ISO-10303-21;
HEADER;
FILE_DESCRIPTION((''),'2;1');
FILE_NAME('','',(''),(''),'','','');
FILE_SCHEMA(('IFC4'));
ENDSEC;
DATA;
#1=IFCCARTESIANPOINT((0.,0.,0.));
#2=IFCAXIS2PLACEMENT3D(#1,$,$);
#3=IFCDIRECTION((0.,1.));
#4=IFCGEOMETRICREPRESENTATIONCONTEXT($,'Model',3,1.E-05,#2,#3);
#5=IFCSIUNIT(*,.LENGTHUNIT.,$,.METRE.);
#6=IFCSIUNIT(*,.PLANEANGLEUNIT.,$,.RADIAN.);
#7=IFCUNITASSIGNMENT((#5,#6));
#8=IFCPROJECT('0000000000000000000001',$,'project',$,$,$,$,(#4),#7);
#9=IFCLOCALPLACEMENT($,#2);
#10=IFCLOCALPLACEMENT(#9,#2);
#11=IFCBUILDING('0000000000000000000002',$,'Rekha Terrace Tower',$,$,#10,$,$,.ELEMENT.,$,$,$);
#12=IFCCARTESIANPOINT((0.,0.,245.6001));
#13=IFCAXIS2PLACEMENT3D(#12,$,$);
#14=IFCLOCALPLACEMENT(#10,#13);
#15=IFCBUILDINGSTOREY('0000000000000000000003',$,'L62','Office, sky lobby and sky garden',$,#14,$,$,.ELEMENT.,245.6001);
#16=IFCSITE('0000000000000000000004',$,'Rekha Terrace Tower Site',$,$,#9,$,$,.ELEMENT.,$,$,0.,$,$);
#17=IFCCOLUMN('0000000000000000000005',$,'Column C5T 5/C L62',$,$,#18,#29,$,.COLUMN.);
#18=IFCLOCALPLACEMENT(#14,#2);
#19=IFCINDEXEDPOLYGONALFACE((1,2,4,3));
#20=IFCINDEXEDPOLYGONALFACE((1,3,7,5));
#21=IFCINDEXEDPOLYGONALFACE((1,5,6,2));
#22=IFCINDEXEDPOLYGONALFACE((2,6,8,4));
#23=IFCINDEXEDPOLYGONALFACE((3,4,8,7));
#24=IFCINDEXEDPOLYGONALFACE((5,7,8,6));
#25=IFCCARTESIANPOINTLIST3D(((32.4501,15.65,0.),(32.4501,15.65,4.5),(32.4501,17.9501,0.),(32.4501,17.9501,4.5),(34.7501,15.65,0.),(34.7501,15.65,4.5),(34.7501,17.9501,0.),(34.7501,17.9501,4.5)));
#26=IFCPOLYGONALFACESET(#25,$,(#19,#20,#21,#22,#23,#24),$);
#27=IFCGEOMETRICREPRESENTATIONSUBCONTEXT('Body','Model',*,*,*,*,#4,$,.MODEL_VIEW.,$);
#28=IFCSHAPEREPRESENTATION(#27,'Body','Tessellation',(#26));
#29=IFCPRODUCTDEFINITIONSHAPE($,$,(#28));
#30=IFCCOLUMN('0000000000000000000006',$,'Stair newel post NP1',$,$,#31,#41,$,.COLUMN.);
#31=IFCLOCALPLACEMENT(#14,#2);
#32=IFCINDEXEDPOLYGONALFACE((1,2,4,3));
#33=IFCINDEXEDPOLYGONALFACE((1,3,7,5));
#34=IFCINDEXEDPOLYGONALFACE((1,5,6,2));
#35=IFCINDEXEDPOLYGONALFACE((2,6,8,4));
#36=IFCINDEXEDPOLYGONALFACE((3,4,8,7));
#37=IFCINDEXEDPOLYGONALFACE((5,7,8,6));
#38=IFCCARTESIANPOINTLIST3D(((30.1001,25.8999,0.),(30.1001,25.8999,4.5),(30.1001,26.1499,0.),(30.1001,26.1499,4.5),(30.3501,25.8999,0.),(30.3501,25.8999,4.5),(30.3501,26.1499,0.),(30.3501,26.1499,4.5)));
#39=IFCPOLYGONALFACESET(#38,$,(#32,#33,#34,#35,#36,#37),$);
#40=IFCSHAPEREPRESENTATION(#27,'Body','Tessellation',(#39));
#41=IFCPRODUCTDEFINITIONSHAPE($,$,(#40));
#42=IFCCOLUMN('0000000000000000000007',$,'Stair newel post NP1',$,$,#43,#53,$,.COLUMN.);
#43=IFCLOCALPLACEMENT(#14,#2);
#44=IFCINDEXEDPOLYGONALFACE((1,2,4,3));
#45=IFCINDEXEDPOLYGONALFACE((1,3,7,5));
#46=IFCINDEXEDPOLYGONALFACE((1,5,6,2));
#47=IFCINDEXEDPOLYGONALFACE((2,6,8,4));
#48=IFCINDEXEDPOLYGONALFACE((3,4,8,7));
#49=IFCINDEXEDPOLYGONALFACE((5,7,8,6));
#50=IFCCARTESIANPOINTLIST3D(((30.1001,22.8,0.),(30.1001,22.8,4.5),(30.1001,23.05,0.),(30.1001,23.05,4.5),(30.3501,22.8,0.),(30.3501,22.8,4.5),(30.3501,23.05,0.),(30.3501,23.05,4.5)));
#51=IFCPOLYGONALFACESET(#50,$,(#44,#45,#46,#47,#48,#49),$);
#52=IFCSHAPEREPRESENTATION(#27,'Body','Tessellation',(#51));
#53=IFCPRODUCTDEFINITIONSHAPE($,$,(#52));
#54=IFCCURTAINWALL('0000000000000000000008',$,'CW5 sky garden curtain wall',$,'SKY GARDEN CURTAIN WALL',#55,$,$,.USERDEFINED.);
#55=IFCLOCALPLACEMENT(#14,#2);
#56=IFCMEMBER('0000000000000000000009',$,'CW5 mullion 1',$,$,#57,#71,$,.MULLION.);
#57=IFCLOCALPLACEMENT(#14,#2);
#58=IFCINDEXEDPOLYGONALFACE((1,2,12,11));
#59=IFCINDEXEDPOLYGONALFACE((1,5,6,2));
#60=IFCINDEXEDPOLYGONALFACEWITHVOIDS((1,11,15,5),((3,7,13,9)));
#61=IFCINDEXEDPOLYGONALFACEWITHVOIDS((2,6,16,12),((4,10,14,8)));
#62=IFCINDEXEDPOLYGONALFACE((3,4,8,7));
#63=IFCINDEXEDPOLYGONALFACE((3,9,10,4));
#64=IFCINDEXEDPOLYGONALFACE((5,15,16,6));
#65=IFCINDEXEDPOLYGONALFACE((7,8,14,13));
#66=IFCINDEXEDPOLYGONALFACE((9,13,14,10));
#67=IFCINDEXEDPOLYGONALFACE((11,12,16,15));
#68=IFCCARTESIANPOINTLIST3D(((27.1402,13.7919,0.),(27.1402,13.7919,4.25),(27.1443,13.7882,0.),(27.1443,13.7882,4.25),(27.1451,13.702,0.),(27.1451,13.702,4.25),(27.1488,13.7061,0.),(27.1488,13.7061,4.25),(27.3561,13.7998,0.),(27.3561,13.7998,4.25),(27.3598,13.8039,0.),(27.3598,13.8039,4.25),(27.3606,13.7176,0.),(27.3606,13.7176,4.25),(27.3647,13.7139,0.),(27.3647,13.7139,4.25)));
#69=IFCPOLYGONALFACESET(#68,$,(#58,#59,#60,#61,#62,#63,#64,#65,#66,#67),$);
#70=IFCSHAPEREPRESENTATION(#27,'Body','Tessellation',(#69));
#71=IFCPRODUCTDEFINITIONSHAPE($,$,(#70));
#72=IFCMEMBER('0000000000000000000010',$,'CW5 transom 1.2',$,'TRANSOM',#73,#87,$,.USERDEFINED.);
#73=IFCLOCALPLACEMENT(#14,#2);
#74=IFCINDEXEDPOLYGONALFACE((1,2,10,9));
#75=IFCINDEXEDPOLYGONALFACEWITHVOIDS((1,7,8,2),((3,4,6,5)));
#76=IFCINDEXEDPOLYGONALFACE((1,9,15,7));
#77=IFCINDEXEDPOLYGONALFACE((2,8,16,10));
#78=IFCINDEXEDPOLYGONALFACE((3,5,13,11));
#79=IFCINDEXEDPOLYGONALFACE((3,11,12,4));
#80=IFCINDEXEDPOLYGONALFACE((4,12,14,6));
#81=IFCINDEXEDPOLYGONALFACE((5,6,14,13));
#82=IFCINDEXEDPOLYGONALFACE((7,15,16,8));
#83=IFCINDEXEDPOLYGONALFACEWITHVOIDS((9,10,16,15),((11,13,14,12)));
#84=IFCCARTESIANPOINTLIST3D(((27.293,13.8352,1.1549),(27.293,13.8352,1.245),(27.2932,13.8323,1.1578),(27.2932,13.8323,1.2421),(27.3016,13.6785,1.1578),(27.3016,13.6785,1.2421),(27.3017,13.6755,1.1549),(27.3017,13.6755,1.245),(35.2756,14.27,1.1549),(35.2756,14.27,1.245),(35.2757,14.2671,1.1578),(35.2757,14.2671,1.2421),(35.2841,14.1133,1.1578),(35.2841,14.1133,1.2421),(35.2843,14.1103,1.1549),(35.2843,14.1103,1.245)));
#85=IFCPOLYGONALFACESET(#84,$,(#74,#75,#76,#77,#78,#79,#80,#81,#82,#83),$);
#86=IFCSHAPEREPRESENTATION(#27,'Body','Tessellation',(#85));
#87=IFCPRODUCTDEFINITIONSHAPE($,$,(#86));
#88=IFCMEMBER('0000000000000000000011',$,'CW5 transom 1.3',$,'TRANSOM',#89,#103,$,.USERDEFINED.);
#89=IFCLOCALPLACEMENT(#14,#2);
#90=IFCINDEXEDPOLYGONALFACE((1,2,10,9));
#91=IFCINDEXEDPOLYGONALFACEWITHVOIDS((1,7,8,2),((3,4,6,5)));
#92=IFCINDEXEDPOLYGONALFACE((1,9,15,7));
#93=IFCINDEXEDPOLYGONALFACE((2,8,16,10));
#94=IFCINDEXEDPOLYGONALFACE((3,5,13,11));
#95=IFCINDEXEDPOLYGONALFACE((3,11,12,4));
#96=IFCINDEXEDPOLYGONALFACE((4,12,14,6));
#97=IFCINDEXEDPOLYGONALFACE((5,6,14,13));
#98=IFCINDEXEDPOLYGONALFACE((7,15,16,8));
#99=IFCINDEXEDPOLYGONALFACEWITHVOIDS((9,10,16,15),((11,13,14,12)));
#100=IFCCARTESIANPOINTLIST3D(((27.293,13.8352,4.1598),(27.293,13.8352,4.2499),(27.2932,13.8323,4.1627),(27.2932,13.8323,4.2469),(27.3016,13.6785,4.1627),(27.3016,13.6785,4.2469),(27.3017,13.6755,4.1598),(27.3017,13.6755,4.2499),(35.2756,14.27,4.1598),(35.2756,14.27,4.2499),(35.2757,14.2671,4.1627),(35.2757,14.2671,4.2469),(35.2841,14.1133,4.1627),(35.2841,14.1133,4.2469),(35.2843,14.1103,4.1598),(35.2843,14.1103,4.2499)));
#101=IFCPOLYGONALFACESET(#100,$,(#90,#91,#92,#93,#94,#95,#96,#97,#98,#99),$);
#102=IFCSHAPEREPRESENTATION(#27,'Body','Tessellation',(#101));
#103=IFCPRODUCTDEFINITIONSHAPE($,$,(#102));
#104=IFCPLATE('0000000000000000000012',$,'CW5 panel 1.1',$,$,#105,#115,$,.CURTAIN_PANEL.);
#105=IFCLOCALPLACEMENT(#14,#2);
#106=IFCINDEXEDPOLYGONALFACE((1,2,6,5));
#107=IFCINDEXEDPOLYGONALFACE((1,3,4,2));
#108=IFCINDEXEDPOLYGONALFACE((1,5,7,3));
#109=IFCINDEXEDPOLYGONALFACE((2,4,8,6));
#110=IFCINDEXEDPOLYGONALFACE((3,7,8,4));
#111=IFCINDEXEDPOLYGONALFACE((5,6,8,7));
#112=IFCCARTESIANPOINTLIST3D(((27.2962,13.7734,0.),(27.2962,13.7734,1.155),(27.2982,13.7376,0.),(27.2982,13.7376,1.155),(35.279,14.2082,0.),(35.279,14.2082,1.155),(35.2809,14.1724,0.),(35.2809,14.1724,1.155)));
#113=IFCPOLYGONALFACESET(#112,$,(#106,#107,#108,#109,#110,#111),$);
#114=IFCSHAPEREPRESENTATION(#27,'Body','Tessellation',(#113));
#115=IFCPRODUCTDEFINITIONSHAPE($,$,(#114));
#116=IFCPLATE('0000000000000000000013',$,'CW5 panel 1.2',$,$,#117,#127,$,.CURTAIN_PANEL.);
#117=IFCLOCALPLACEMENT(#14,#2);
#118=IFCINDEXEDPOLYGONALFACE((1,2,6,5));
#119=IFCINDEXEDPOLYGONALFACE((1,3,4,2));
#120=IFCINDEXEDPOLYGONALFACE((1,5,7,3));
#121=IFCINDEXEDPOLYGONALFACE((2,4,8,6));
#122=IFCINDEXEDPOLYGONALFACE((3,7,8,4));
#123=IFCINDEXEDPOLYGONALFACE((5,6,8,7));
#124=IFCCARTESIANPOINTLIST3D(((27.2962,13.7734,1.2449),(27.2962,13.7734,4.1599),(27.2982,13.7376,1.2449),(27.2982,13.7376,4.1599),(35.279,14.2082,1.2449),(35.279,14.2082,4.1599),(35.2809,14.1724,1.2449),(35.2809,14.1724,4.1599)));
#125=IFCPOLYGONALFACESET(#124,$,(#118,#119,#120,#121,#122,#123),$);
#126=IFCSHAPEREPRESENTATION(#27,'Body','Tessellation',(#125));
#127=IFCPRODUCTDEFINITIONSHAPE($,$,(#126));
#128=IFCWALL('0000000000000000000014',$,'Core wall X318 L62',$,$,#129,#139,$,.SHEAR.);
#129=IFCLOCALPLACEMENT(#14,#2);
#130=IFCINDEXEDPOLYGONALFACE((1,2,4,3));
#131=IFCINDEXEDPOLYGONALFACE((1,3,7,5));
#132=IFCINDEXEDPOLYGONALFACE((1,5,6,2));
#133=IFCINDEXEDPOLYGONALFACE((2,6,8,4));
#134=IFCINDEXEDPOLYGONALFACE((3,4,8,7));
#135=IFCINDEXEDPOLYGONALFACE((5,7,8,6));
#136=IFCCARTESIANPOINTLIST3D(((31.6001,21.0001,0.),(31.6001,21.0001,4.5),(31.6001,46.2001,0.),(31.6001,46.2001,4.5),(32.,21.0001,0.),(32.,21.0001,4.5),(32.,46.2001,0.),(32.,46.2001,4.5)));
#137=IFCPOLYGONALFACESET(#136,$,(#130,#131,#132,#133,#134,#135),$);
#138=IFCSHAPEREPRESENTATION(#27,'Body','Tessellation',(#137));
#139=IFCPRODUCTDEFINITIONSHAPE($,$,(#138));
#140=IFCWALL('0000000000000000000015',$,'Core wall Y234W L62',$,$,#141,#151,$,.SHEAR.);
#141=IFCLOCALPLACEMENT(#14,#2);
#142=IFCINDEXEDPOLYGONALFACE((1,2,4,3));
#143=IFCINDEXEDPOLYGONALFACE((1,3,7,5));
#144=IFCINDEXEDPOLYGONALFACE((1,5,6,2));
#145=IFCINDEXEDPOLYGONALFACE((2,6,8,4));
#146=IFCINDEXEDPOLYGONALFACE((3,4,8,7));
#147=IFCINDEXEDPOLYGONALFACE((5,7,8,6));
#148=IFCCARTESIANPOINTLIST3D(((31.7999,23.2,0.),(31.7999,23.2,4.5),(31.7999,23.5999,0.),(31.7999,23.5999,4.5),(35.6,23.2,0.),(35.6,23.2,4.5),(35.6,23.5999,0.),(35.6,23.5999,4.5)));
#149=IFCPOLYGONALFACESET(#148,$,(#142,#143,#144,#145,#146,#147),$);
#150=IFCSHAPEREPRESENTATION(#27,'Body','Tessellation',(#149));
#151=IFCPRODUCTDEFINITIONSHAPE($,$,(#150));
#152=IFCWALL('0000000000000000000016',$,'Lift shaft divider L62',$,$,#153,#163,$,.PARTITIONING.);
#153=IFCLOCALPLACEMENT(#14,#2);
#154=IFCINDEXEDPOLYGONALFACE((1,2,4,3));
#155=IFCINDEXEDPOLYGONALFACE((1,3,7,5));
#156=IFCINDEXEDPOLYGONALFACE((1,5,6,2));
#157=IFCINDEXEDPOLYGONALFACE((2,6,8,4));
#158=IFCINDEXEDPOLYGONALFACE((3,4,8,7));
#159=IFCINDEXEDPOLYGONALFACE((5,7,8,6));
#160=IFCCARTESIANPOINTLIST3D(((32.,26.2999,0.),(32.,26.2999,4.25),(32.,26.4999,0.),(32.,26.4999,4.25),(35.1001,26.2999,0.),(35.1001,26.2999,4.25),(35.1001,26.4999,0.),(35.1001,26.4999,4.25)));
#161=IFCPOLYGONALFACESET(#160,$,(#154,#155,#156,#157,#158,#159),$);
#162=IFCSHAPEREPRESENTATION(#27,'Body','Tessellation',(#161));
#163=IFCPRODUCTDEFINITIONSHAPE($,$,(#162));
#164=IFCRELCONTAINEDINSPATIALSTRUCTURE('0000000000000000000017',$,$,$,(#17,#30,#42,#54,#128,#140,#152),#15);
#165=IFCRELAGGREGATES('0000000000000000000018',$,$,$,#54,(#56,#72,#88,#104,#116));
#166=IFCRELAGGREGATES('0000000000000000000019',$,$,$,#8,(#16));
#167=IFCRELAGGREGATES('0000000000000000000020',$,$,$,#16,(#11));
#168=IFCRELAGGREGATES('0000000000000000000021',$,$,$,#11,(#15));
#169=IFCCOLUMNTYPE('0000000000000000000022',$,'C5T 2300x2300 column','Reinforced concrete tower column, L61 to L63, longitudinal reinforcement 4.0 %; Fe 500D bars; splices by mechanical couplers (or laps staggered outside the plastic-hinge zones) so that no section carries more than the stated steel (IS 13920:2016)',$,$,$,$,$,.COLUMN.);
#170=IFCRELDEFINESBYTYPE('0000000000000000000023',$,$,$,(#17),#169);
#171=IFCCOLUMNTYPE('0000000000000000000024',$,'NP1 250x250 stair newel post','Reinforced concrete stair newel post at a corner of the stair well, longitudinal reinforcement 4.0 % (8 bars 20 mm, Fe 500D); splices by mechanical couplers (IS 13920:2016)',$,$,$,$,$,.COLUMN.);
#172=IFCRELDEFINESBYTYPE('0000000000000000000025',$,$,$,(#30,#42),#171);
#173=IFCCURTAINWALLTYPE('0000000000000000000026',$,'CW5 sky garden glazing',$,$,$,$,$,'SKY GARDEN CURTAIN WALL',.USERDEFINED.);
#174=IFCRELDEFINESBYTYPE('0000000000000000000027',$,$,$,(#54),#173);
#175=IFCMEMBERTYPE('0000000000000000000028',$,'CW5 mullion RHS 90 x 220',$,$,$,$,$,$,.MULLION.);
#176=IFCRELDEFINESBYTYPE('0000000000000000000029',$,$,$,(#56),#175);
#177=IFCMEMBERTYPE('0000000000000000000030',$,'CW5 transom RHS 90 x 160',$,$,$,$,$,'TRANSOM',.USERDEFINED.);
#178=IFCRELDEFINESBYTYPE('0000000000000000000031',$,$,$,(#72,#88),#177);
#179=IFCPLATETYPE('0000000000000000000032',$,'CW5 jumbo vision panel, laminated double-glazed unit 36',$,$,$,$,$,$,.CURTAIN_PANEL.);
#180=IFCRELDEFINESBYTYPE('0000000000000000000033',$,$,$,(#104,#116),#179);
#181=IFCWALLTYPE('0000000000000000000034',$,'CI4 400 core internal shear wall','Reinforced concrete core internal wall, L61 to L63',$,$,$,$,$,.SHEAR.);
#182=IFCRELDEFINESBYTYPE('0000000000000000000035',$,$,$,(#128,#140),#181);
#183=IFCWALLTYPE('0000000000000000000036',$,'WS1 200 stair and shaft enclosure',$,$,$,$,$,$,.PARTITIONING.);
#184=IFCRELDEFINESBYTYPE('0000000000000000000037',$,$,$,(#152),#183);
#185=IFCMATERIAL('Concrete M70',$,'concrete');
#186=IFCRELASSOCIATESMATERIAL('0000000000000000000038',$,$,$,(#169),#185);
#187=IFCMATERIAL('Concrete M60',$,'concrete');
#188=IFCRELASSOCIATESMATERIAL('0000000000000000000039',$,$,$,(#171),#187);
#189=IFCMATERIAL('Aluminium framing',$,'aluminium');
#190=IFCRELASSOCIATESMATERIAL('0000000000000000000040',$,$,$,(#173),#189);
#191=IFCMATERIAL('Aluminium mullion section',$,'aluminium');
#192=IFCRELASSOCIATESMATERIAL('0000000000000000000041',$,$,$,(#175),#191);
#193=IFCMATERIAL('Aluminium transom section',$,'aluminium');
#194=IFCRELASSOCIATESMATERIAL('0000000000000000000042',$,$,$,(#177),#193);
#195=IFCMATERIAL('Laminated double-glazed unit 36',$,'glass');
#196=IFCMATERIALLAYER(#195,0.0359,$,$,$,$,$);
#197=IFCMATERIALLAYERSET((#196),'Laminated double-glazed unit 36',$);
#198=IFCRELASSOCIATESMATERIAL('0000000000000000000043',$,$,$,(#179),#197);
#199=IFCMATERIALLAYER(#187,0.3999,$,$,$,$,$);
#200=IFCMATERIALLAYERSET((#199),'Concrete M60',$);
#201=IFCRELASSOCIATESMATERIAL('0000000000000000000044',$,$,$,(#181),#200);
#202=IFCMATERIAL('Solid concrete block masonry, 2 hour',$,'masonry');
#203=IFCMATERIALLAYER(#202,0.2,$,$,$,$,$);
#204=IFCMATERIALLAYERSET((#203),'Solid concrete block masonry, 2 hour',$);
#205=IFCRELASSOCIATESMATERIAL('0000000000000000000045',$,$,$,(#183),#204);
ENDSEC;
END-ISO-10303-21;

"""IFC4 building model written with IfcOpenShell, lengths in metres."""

from ifc_helpers import new_model, si_unit, direction, frame, frame_2d, origin, origin_2d, place, context, subcontext, project, spatial, rectangle, hollow_rectangle, extrude, material, layer, layer_set, material_profile, profile_set, type_object, element, aggregate, save


model = new_model("IFC4")

# Units and contexts
model_context = context("Model", 3, precision=1e-05, world=origin(), true_north=direction((0.0, 1.0)))
body_context = subcontext(model_context, "Body", "Model", "MODEL_VIEW")
ifc_project = project(units=[si_unit("LENGTHUNIT", "METRE"), si_unit("PLANEANGLEUNIT", "RADIAN")], contexts=[model_context])

# Site, building, storey
site_placement = place(None, origin())
site = spatial("IfcSite", under=ifc_project, at=site_placement, Name="Rekha Terrace Tower Site", CompositionType="ELEMENT", RefElevation=0.0)
building_placement = place(site_placement, origin())
building = spatial("IfcBuilding", under=site, at=building_placement, Name="Rekha Terrace Tower", CompositionType="ELEMENT")
storey_placement = place(building_placement, frame((0.0, 0.0, 245.6001)))
storey = spatial("IfcBuildingStorey", under=building, at=storey_placement, Name="L62", Description="Office, sky lobby and sky garden", CompositionType="ELEMENT", Elevation=245.6001)

# Columns
ifc_material_1 = material(Name="Concrete M70", Category="concrete")
ifc_material_profile_1 = material_profile(ifc_material_1, rectangle(XDim=2.3, YDim=2.3, at=origin_2d()), Name="RC 2300x2300")
ifc_profile_set_1 = profile_set([ifc_material_profile_1], Name="Concrete M70")
column_type_1 = type_object("IfcColumnType", Name="C5T 2300x2300 column", Description="Reinforced concrete tower column, L61 to L63, longitudinal reinforcement 4.0 %; Fe 500D bars; splices by mechanical couplers (or laps staggered outside the plastic-hinge zones) so that no section carries more than the stated steel (IS 13920:2016)", PredefinedType="COLUMN", material=ifc_profile_set_1)
column_placement = place(storey_placement, frame((33.6001, 16.8, 0.0), z_axis=(0.0, 0.0, 1.0), x_axis=(1.0, 0.0, 0.0)))
element("IfcColumn", 1, at=column_placement, inside=storey, type_object=column_type_1, Name="Column C5T 5/C L62", PredefinedType="COLUMN", context=body_context, shape_type="SweptSolid", body=[
    extrude(rectangle(XDim=2.3, YDim=2.3, at=origin_2d()), origin(), (0.0, 0.0, 1.0), 4.5),
])
ifc_material_2 = material(Name="Concrete M60", Category="concrete")
ifc_material_profile_2 = material_profile(ifc_material_2, rectangle(XDim=0.25, YDim=0.25, at=origin_2d()), Name="RC 250x250")
ifc_profile_set_2 = profile_set([ifc_material_profile_2], Name="Concrete M60")
column_type_2 = type_object("IfcColumnType", Name="NP1 250x250 stair newel post", Description="Reinforced concrete stair newel post at a corner of the stair well, longitudinal reinforcement 4.0 % (8 bars 20 mm, Fe 500D); splices by mechanical couplers (IS 13920:2016)", PredefinedType="COLUMN", material=ifc_profile_set_2)
for number, where, z_axis, x_axis, name in (
    (2, (30.2251, 26.0249, 0.0), (0.0, 0.0, 1.0), (1.0, 0.0, 0.0), "Stair newel post NP1"),
    (3, (30.2251, 22.925, 0.0), (0.0, 0.0, 1.0), (1.0, 0.0, 0.0), "Stair newel post NP1"),
):
    element("IfcColumn", number, at=place(storey_placement, frame(where, z_axis=z_axis, x_axis=x_axis)), inside=storey, type_object=column_type_2, Name=name, PredefinedType="COLUMN", context=body_context, shape_type="SweptSolid", body=[
        extrude(rectangle(XDim=0.25, YDim=0.25, at=origin_2d()), origin(), (0.0, 0.0, 1.0), 4.5),
    ])

# Curtain wall, members, plates
ifc_material_3 = material(Name="Aluminium framing", Category="aluminium")
curtain_wall_type = type_object("IfcCurtainWallType", Name="CW5 sky garden glazing", ElementType="SKY GARDEN CURTAIN WALL", PredefinedType="USERDEFINED", material=ifc_material_3)
curtain_wall_placement = place(storey_placement, origin())
curtain_wall = element("IfcCurtainWall", 4, at=curtain_wall_placement, inside=storey, type_object=curtain_wall_type, Name="CW5 sky garden curtain wall", ObjectType="SKY GARDEN CURTAIN WALL", PredefinedType="USERDEFINED")
ifc_material_4 = material(Name="Aluminium mullion section", Category="aluminium")
ifc_material_profile_3 = material_profile(ifc_material_4, hollow_rectangle(XDim=0.0901, YDim=0.22, WallThickness=0.0039, at=origin_2d()), Name="AL RHS 90x220")
ifc_profile_set_3 = profile_set([ifc_material_profile_3], Name="Aluminium mullion section")
member_type_1 = type_object("IfcMemberType", Name="CW5 mullion RHS 90 x 220", PredefinedType="MULLION", material=ifc_profile_set_3)
member_1_placement = place(storey_placement, frame((27.2524, 13.7529, 0.0), z_axis=(0.0, 0.0, 1.0), x_axis=(-0.054389, 0.99852, 0.0)))
member_1 = element("IfcMember", 5, at=member_1_placement, type_object=member_type_1, Name="CW5 mullion 1", PredefinedType="MULLION", context=body_context, shape_type="SweptSolid", body=[
    extrude(hollow_rectangle(XDim=0.0901, YDim=0.22, WallThickness=0.0039, at=origin_2d()), origin(), (0.0, 0.0, 1.0), 4.25),
])
ifc_material_5 = material(Name="Aluminium transom section", Category="aluminium")
ifc_material_profile_4 = material_profile(ifc_material_5, hollow_rectangle(XDim=0.1599, YDim=0.0901, WallThickness=0.0029, at=origin_2d()), Name="AL RHS 160x90")
ifc_profile_set_4 = profile_set([ifc_material_profile_4], Name="Aluminium transom section")
member_type_2 = type_object("IfcMemberType", Name="CW5 transom RHS 90 x 160", ElementType="TRANSOM", PredefinedType="USERDEFINED", material=ifc_profile_set_4)
member_2_placement = place(storey_placement, frame((27.2974, 13.7554, 1.2), z_axis=(0.99852, 0.054389, 0.0), x_axis=(-0.054389, 0.99852, 0.0)))
member_2 = element("IfcMember", 6, at=member_2_placement, type_object=member_type_2, Name="CW5 transom 1.2", ObjectType="TRANSOM", PredefinedType="USERDEFINED", context=body_context, shape_type="SweptSolid", body=[
    extrude(hollow_rectangle(XDim=0.1599, YDim=0.0901, WallThickness=0.0029, at=origin_2d()), origin(), (0.0, 0.0, 1.0), 7.9944),
])
member_3_placement = place(storey_placement, frame((27.2974, 13.7554, 4.2048), z_axis=(0.99852, 0.054389, 0.0), x_axis=(-0.054389, 0.99852, 0.0)))
member_3 = element("IfcMember", 7, at=member_3_placement, type_object=member_type_2, Name="CW5 transom 1.3", ObjectType="TRANSOM", PredefinedType="USERDEFINED", context=body_context, shape_type="SweptSolid", body=[
    extrude(hollow_rectangle(XDim=0.1599, YDim=0.0901, WallThickness=0.0029, at=origin_2d()), origin(), (0.0, 0.0, 1.0), 7.9944),
])
ifc_material_6 = material(Name="Laminated double-glazed unit 36", Category="glass")
ifc_layer_1 = layer(ifc_material_6, 0.0359)
ifc_layer_set_1 = layer_set([ifc_layer_1], Name="Laminated double-glazed unit 36")
plate_type = type_object("IfcPlateType", Name="CW5 jumbo vision panel, laminated double-glazed unit 36", PredefinedType="CURTAIN_PANEL", material=ifc_layer_set_1)
plate_1_placement = place(storey_placement, frame((31.2886, 13.9729, 0.0), z_axis=(0.0, 0.0, 1.0), x_axis=(0.99852, 0.054389, 0.0)))
plate_1 = element("IfcPlate", 8, at=plate_1_placement, type_object=plate_type, Name="CW5 panel 1.1", PredefinedType="CURTAIN_PANEL", context=body_context, shape_type="SweptSolid", body=[
    extrude(rectangle(XDim=7.9946, YDim=0.0359, at=origin_2d()), origin(), (0.0, 0.0, 1.0), 1.155),
])
plate_2_placement = place(storey_placement, frame((31.2886, 13.9729, 1.2449), z_axis=(0.0, 0.0, 1.0), x_axis=(0.99852, 0.054389, 0.0)))
plate_2 = element("IfcPlate", 9, at=plate_2_placement, type_object=plate_type, Name="CW5 panel 1.2", PredefinedType="CURTAIN_PANEL", context=body_context, shape_type="SweptSolid", body=[
    extrude(rectangle(XDim=7.9946, YDim=0.0359, at=origin_2d()), origin(), (0.0, 0.0, 1.0), 2.915),
])
aggregate(curtain_wall, [member_1, member_2, member_3, plate_1, plate_2])

# Walls
ifc_layer_2 = layer(ifc_material_2, 0.3999)
ifc_layer_set_2 = layer_set([ifc_layer_2], Name="Concrete M60")
wall_type_1 = type_object("IfcWallType", Name="CI4 400 core internal shear wall", Description="Reinforced concrete core internal wall, L61 to L63", PredefinedType="SHEAR", material=ifc_layer_set_2)
wall_1_placement = place(storey_placement, frame((31.8, 21.0, 0.0), z_axis=(0.0, 0.0, 1.0), x_axis=(0.0, 1.0, 0.0)))
element("IfcWall", 10, at=wall_1_placement, inside=storey, type_object=wall_type_1, Name="Core wall X318 L62", PredefinedType="SHEAR", context=body_context, shape_type="SweptSolid", body=[
    extrude(rectangle(XDim=25.2, YDim=0.3999, at=frame_2d((12.6001, 0.0))), origin(), (0.0, 0.0, 1.0), 4.5),
])
wall_2_placement = place(storey_placement, frame((31.8, 23.3999, 0.0), z_axis=(0.0, 0.0, 1.0), x_axis=(1.0, 0.0, 0.0)))
element("IfcWall", 11, at=wall_2_placement, inside=storey, type_object=wall_type_1, Name="Core wall Y234W L62", PredefinedType="SHEAR", context=body_context, shape_type="SweptSolid", body=[
    extrude(rectangle(XDim=3.8, YDim=0.3999, at=frame_2d((1.8999, 0.0))), origin(), (0.0, 0.0, 1.0), 4.5),
])
ifc_material_7 = material(Name="Solid concrete block masonry, 2 hour", Category="masonry")
ifc_layer_3 = layer(ifc_material_7, 0.2)
ifc_layer_set_3 = layer_set([ifc_layer_3], Name="Solid concrete block masonry, 2 hour")
wall_type_2 = type_object("IfcWallType", Name="WS1 200 stair and shaft enclosure", PredefinedType="PARTITIONING", material=ifc_layer_set_3)
wall_3_placement = place(storey_placement, frame((32.0, 26.3999, 0.0), z_axis=(0.0, 0.0, 1.0), x_axis=(1.0, 0.0, 0.0)))
element("IfcWall", 12, at=wall_3_placement, inside=storey, type_object=wall_type_2, Name="Lift shaft divider L62", PredefinedType="PARTITIONING", context=body_context, shape_type="SweptSolid", body=[
    extrude(rectangle(XDim=3.1001, YDim=0.2, at=frame_2d((1.55, 0.0))), origin(), (0.0, 0.0, 1.0), 4.25),
])

save(model, "model.ifc")
